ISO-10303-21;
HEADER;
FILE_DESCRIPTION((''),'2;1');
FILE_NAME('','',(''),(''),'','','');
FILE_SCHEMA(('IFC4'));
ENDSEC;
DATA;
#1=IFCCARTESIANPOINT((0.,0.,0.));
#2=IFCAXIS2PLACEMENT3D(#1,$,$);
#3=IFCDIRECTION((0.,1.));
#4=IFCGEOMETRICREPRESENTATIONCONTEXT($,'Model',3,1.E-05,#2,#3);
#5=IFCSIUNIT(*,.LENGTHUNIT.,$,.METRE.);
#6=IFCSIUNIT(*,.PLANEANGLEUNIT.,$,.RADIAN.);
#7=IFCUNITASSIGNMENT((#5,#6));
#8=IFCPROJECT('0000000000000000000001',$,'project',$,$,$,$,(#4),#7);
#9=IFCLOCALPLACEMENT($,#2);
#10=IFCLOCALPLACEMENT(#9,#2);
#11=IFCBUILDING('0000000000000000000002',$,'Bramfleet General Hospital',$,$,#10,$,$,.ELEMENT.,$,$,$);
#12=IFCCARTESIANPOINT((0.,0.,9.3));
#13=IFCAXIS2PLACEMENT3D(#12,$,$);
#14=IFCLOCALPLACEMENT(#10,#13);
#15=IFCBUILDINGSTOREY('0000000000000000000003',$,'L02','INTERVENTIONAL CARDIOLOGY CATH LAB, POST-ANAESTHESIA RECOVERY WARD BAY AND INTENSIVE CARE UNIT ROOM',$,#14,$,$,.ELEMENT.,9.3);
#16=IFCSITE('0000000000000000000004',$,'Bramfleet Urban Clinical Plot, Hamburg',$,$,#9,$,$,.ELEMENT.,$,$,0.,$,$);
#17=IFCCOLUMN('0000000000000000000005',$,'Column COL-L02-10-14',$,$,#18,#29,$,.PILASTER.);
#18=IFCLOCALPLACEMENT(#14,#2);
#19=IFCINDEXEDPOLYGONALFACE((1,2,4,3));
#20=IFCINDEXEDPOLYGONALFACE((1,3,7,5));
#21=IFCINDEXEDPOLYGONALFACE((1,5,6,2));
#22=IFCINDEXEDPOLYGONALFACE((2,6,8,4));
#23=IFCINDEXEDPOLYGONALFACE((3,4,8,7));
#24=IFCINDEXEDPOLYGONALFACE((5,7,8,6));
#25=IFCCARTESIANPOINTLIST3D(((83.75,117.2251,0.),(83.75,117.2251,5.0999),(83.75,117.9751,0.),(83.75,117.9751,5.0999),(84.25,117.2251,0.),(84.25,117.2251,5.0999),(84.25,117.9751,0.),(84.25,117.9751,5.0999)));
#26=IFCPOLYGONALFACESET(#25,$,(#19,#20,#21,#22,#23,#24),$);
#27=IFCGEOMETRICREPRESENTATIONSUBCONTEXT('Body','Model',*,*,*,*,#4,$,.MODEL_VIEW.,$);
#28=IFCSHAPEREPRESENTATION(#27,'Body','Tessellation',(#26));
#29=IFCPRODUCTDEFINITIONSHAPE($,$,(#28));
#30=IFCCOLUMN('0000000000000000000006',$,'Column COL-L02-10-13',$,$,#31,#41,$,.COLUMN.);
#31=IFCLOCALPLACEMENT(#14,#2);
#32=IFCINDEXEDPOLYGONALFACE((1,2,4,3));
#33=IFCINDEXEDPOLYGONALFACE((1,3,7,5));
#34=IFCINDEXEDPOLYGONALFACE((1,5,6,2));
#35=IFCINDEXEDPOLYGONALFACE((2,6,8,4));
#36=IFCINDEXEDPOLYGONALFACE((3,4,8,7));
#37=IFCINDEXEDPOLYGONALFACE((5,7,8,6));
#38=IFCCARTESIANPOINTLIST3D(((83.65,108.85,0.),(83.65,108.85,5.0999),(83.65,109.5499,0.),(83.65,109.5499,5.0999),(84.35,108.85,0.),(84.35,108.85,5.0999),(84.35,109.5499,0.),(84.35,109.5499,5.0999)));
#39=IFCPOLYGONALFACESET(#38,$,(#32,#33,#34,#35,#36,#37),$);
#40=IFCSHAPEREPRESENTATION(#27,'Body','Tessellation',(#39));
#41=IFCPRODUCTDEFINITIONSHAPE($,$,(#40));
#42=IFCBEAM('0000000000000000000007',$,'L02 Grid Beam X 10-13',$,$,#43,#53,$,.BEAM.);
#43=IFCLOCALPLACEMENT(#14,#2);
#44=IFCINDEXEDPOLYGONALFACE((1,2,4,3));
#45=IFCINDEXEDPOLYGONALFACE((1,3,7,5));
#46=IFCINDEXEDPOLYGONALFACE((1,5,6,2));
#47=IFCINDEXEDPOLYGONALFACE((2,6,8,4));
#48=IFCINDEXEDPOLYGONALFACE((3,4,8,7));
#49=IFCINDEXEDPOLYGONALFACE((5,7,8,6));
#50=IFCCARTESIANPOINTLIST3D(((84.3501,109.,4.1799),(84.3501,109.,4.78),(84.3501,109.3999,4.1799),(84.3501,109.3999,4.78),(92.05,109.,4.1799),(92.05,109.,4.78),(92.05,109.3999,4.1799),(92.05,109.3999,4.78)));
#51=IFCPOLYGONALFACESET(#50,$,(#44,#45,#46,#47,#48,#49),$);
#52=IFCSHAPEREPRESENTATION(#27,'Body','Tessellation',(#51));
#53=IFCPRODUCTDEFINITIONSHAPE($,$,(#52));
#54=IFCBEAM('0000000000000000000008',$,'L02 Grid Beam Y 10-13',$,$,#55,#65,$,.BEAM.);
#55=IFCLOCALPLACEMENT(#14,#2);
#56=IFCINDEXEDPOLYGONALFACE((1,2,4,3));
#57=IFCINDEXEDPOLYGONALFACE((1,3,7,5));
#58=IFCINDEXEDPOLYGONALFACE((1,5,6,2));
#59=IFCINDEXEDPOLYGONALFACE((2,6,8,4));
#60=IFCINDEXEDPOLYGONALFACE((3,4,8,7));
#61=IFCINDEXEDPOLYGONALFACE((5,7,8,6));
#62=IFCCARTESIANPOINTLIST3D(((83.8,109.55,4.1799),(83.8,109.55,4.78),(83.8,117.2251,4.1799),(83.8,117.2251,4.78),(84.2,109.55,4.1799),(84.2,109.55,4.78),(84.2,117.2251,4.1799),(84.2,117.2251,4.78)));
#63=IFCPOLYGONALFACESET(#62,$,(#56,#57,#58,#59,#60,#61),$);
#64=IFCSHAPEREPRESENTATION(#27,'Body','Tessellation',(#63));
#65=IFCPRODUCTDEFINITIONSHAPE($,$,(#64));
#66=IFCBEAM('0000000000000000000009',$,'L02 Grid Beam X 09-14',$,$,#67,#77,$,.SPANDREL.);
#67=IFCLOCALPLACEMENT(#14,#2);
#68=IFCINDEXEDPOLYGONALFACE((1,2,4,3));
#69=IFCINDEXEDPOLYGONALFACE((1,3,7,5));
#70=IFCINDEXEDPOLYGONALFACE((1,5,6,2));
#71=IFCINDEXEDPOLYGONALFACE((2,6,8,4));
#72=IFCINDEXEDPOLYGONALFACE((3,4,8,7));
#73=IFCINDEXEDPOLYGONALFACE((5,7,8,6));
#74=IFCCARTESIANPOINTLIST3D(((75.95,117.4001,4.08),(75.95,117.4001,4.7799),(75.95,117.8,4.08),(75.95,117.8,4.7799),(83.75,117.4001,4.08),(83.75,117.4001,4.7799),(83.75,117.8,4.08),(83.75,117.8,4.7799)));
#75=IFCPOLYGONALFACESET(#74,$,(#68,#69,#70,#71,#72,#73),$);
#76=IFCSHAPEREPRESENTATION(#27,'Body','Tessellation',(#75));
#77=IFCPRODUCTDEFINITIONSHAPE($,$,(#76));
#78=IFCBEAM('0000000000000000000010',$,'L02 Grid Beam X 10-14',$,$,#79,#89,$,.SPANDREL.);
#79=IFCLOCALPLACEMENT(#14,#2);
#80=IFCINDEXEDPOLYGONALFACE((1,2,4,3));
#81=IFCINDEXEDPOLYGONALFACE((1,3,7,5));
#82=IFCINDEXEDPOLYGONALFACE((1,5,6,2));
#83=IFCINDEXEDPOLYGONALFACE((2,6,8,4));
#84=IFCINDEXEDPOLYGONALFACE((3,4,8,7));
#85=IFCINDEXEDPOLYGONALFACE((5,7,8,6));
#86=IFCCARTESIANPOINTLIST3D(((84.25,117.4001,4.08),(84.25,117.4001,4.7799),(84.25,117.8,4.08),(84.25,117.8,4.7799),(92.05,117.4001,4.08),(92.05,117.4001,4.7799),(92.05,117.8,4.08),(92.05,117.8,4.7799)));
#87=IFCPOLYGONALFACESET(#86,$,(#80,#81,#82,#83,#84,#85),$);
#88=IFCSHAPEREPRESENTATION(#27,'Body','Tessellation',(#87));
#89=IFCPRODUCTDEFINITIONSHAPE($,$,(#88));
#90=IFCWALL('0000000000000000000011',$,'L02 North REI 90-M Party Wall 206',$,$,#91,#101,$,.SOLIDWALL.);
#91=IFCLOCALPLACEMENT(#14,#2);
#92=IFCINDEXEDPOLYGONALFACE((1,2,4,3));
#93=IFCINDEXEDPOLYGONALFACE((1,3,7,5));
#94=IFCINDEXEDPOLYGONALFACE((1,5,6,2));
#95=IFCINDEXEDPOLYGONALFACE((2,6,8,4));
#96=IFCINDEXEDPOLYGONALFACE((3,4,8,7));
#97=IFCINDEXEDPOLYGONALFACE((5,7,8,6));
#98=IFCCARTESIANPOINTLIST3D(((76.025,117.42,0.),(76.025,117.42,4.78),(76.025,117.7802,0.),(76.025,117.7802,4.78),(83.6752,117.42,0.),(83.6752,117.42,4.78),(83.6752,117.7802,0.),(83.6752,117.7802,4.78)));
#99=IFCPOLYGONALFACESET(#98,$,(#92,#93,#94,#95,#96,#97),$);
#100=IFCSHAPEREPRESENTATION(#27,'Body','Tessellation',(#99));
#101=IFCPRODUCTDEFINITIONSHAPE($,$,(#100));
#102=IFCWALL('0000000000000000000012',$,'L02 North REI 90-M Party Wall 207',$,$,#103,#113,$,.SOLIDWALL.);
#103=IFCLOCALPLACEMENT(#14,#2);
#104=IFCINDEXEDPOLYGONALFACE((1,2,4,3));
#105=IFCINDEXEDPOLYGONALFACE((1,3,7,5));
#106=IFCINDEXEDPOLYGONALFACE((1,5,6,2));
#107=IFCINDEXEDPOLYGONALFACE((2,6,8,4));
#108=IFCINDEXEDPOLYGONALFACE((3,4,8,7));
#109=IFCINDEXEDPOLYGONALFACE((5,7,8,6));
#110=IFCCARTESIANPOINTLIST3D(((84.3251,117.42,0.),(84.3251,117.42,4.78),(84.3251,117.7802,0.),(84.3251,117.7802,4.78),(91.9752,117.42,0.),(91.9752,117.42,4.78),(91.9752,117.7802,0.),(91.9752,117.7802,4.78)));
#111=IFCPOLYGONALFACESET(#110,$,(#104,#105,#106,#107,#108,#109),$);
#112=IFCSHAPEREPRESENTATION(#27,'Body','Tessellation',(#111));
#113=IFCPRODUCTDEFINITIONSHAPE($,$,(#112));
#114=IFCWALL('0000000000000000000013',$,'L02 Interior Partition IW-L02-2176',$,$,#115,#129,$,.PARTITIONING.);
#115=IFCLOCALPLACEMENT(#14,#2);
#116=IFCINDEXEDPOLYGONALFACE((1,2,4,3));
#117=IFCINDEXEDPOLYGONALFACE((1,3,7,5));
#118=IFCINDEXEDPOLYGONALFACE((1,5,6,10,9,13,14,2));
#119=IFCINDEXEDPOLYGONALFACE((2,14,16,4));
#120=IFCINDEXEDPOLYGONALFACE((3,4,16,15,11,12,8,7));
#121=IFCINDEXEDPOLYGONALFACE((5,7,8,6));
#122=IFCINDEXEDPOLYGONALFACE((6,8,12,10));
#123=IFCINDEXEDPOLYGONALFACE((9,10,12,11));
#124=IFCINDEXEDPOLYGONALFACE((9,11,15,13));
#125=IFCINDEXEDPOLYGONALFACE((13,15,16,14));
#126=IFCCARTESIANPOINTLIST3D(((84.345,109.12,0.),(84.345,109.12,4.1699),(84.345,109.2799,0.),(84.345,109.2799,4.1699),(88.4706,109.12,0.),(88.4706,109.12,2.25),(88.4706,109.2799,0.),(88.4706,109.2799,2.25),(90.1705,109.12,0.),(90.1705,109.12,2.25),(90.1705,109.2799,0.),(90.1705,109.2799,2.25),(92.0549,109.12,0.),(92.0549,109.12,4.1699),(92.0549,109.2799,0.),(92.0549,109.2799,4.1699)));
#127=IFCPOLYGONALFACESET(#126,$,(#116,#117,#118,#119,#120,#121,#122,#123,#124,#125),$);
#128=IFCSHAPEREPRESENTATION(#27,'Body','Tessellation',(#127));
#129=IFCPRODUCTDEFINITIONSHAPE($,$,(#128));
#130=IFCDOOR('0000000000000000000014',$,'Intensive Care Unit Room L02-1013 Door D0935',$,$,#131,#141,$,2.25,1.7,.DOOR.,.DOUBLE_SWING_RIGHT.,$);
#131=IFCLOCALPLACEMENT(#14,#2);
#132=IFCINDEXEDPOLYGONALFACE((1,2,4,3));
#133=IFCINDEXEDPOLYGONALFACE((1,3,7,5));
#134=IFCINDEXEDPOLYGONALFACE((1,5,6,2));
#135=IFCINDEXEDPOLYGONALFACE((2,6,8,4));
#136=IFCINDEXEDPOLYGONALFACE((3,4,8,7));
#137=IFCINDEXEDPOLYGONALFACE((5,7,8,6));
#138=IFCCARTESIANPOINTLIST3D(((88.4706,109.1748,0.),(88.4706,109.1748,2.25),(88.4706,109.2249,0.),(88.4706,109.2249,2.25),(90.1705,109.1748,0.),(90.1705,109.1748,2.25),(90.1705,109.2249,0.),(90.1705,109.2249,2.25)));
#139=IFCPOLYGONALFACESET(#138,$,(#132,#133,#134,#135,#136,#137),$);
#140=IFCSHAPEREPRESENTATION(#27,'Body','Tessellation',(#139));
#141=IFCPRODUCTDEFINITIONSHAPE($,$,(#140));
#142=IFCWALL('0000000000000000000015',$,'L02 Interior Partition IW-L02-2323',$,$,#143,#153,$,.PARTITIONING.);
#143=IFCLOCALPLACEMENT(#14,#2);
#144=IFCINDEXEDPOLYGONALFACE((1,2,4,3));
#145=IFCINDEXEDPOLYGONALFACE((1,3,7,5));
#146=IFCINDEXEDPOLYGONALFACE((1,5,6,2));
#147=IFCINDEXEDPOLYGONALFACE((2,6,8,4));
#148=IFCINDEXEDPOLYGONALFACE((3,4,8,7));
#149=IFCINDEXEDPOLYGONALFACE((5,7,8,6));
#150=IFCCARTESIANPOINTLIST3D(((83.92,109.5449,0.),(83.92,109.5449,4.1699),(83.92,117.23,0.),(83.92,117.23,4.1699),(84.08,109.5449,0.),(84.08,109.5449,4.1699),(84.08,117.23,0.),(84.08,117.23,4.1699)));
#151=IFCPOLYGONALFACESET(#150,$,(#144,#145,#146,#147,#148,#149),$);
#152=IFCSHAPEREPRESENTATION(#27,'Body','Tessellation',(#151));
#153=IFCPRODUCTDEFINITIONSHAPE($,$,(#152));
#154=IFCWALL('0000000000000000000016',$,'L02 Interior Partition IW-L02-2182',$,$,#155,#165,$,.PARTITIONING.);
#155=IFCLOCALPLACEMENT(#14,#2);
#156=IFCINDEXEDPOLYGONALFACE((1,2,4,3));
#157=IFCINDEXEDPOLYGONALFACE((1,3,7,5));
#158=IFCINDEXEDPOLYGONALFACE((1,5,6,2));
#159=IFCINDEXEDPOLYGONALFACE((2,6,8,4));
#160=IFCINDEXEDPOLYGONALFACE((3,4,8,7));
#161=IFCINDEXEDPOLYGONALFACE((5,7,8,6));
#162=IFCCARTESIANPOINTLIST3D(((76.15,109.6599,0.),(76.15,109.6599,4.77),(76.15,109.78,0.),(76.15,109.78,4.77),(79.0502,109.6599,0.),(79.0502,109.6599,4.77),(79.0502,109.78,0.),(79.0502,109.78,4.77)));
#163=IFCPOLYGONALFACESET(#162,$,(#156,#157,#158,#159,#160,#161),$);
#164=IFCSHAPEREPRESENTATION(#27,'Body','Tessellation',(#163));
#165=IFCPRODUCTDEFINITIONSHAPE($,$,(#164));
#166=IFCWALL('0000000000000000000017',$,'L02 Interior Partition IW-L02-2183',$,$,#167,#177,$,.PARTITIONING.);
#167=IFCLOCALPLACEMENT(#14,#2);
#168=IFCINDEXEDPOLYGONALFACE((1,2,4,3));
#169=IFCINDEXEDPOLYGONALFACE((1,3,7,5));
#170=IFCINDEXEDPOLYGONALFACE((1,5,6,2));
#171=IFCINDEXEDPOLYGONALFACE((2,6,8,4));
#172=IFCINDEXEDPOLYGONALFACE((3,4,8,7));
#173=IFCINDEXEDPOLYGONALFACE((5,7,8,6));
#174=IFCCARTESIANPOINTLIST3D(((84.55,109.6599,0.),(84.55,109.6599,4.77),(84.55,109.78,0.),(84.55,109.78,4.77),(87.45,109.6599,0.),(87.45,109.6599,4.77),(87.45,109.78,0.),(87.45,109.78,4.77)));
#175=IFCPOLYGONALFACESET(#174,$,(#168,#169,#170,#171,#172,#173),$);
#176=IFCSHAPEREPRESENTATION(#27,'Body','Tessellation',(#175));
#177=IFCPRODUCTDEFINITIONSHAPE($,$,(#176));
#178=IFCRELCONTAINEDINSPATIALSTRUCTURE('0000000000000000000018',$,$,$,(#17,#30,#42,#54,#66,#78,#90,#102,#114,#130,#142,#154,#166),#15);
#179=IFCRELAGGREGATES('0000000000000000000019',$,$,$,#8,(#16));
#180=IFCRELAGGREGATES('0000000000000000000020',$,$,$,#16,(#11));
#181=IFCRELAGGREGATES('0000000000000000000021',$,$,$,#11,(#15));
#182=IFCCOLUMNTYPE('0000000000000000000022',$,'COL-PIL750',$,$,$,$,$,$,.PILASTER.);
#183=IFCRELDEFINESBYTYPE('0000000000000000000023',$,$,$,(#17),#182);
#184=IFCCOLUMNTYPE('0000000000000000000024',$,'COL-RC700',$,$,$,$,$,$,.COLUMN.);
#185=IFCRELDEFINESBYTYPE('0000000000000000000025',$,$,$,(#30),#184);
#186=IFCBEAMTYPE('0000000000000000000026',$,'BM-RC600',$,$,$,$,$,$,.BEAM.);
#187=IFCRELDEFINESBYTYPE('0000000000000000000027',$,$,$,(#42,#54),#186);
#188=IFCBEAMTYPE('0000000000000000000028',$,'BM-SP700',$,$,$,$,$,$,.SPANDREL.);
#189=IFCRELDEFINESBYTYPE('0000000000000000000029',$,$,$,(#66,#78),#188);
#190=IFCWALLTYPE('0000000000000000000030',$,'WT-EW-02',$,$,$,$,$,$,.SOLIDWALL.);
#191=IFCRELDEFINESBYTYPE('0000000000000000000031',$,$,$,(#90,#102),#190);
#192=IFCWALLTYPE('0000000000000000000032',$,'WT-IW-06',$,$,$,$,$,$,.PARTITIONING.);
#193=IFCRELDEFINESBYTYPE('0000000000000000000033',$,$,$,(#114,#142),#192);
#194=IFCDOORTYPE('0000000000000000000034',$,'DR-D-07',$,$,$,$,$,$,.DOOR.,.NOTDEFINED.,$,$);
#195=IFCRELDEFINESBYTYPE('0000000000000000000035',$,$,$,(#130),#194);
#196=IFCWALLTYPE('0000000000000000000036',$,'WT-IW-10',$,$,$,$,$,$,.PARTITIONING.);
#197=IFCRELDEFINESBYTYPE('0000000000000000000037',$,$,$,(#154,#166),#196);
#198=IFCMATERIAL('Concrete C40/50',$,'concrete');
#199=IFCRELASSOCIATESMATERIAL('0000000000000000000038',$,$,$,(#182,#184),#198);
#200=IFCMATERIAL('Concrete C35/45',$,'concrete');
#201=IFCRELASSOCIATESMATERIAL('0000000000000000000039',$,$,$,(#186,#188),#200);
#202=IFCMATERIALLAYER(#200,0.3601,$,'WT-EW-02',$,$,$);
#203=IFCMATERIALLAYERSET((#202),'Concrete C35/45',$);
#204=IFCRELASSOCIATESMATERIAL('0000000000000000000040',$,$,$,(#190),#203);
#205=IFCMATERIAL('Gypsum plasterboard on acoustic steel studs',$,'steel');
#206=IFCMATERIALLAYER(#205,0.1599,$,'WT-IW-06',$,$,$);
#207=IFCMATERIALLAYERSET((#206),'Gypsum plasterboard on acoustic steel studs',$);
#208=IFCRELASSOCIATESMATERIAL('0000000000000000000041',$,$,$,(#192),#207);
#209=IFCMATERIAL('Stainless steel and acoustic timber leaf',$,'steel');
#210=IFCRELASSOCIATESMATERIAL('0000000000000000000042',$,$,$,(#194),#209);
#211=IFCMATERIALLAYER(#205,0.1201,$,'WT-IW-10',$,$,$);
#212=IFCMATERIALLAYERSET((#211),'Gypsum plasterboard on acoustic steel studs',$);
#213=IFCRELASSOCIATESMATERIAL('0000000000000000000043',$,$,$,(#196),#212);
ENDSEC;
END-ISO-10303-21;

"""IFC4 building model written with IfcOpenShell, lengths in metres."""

from ifc_helpers import new_model, si_unit, direction, frame, frame_2d, origin, origin_2d, place, context, subcontext, project, spatial, rectangle, extrude, material, layer, layer_set, material_profile, profile_set, type_object, element, fill, save


model = new_model("IFC4")

# Units and contexts
model_context = context("Model", 3, precision=1e-05, world=origin(), true_north=direction((0.0, 1.0)))
body_context = subcontext(model_context, "Body", "Model", "MODEL_VIEW")
ifc_project = project(units=[si_unit("LENGTHUNIT", "METRE"), si_unit("PLANEANGLEUNIT", "RADIAN")], contexts=[model_context])

# Site, building, storey
site_placement = place(None, origin())
site = spatial("IfcSite", under=ifc_project, at=site_placement, Name="Bramfleet Urban Clinical Plot, Hamburg", CompositionType="ELEMENT", RefElevation=0.0)
building_placement = place(site_placement, origin())
building = spatial("IfcBuilding", under=site, at=building_placement, Name="Bramfleet General Hospital", CompositionType="ELEMENT")
storey_placement = place(building_placement, frame((0.0, 0.0, 9.3)))
storey = spatial("IfcBuildingStorey", under=building, at=storey_placement, Name="L02", Description="INTERVENTIONAL CARDIOLOGY CATH LAB, POST-ANAESTHESIA RECOVERY WARD BAY AND INTENSIVE CARE UNIT ROOM", CompositionType="ELEMENT", Elevation=9.3)

# Columns
ifc_material_1 = material(Name="Concrete C40/50", Category="concrete")
ifc_material_profile_1 = material_profile(ifc_material_1, rectangle(XDim=0.5, YDim=0.75, at=origin_2d()), Name="RC PIL 750x500")
ifc_profile_set_1 = profile_set([ifc_material_profile_1], Name="Concrete C40/50")
column_type_1 = type_object("IfcColumnType", Name="COL-PIL750", PredefinedType="PILASTER", material=ifc_profile_set_1)
column_1_placement = place(storey_placement, frame((84.0, 117.6001, 0.0), z_axis=(0.0, 0.0, 1.0), x_axis=(1.0, 0.0, 0.0)))
element("IfcColumn", 1, at=column_1_placement, inside=storey, type_object=column_type_1, Name="Column COL-L02-10-14", PredefinedType="PILASTER", context=body_context, shape_type="SweptSolid", body=[
    extrude(rectangle(XDim=0.5, YDim=0.75, at=origin_2d()), origin(), (0.0, 0.0, 1.0), 5.0999),
])
ifc_material_profile_2 = material_profile(ifc_material_1, rectangle(XDim=0.7, YDim=0.7, at=origin_2d()), Name="RC COL 700x700")
ifc_profile_set_2 = profile_set([ifc_material_profile_2], Name="Concrete C40/50")
column_type_2 = type_object("IfcColumnType", Name="COL-RC700", PredefinedType="COLUMN", material=ifc_profile_set_2)
column_2_placement = place(storey_placement, frame((84.0, 109.2, 0.0), z_axis=(0.0, 0.0, 1.0), x_axis=(1.0, 0.0, 0.0)))
element("IfcColumn", 2, at=column_2_placement, inside=storey, type_object=column_type_2, Name="Column COL-L02-10-13", PredefinedType="COLUMN", context=body_context, shape_type="SweptSolid", body=[
    extrude(rectangle(XDim=0.7, YDim=0.7, at=origin_2d()), origin(), (0.0, 0.0, 1.0), 5.0999),
])

# Beams
ifc_material_2 = material(Name="Concrete C35/45", Category="concrete")
ifc_material_profile_3 = material_profile(ifc_material_2, rectangle(XDim=0.3999, YDim=0.6001, at=origin_2d()), Name="RC BM 600x400")
ifc_profile_set_3 = profile_set([ifc_material_profile_3], Name="Concrete C35/45")
beam_type_1 = type_object("IfcBeamType", Name="BM-RC600", PredefinedType="BEAM", material=ifc_profile_set_3)
beam_1_placement = place(storey_placement, frame((84.3501, 109.2, 4.48), z_axis=(1.0, 0.0, 0.0), x_axis=(0.0, 1.0, 0.0)))
element("IfcBeam", 3, at=beam_1_placement, inside=storey, type_object=beam_type_1, Name="L02 Grid Beam X 10-13", PredefinedType="BEAM", context=body_context, shape_type="SweptSolid", body=[
    extrude(rectangle(XDim=0.3999, YDim=0.6001, at=origin_2d()), origin(), (0.0, 0.0, 1.0), 7.7),
])
beam_2_placement = place(storey_placement, frame((84.0, 109.55, 4.48), z_axis=(0.0, 1.0, 0.0), x_axis=(-1.0, 0.0, 0.0)))
element("IfcBeam", 4, at=beam_2_placement, inside=storey, type_object=beam_type_1, Name="L02 Grid Beam Y 10-13", PredefinedType="BEAM", context=body_context, shape_type="SweptSolid", body=[
    extrude(rectangle(XDim=0.3999, YDim=0.6001, at=origin_2d()), origin(), (0.0, 0.0, 1.0), 7.675),
])
ifc_material_profile_4 = material_profile(ifc_material_2, rectangle(XDim=0.3999, YDim=0.7, at=origin_2d()), Name="RC SP 700x400")
ifc_profile_set_4 = profile_set([ifc_material_profile_4], Name="Concrete C35/45")
beam_type_2 = type_object("IfcBeamType", Name="BM-SP700", PredefinedType="SPANDREL", material=ifc_profile_set_4)
for number, where, z_axis, x_axis, name in (
    (5, (75.95, 117.6001, 4.4299), (1.0, 0.0, 0.0), (0.0, 1.0, 0.0), "L02 Grid Beam X 09-14"),
    (6, (84.25, 117.6001, 4.4299), (1.0, 0.0, 0.0), (0.0, 1.0, 0.0), "L02 Grid Beam X 10-14"),
):
    element("IfcBeam", number, at=place(storey_placement, frame(where, z_axis=z_axis, x_axis=x_axis)), inside=storey, type_object=beam_type_2, Name=name, PredefinedType="SPANDREL", context=body_context, shape_type="SweptSolid", body=[
        extrude(rectangle(XDim=0.3999, YDim=0.7, at=origin_2d()), origin(), (0.0, 0.0, 1.0), 7.8),
    ])

# Walls
ifc_layer_1 = layer(ifc_material_2, 0.3601, Name="WT-EW-02")
ifc_layer_set_1 = layer_set([ifc_layer_1], Name="Concrete C35/45")
wall_type_1 = type_object("IfcWallType", Name="WT-EW-02", PredefinedType="SOLIDWALL", material=ifc_layer_set_1)
for number, where, z_axis, x_axis, name in (
    (7, (76.0249, 117.6001, 0.0), (0.0, 0.0, 1.0), (1.0, 0.0, 0.0), "L02 North REI 90-M Party Wall 206"),
    (8, (84.325, 117.6001, 0.0), (0.0, 0.0, 1.0), (1.0, 0.0, 0.0), "L02 North REI 90-M Party Wall 207"),
):
    element("IfcWall", number, at=place(storey_placement, frame(where, z_axis=z_axis, x_axis=x_axis)), inside=storey, type_object=wall_type_1, Name=name, PredefinedType="SOLIDWALL", context=body_context, shape_type="SweptSolid", body=[
        extrude(rectangle(XDim=7.6501, YDim=0.3601, at=frame_2d((3.8252, 0.0))), origin(), (0.0, 0.0, 1.0), 4.78),
    ])

# Wall, opening, door
ifc_material_3 = material(Name="Gypsum plasterboard on acoustic steel studs", Category="steel")
ifc_layer_2 = layer(ifc_material_3, 0.1599, Name="WT-IW-06")
ifc_layer_set_2 = layer_set([ifc_layer_2], Name="Gypsum plasterboard on acoustic steel studs")
wall_type_2 = type_object("IfcWallType", Name="WT-IW-06", PredefinedType="PARTITIONING", material=ifc_layer_set_2)
wall_1_placement = place(storey_placement, frame((84.345, 109.2, 0.0), z_axis=(0.0, 0.0, 1.0), x_axis=(1.0, 0.0, 0.0)))
wall_1 = element("IfcWall", 9, at=wall_1_placement, inside=storey, type_object=wall_type_2, Name="L02 Interior Partition IW-L02-2176", PredefinedType="PARTITIONING", context=body_context, shape_type="SweptSolid", body=[
    extrude(rectangle(XDim=7.71, YDim=0.1599, at=frame_2d((3.855, 0.0))), origin(), (0.0, 0.0, 1.0), 4.1699),
])
opening_1_placement = place(wall_1_placement, frame((4.1255, 0.0, 0.0)))
opening_1 = element("IfcOpeningElement", 10, at=opening_1_placement, cuts=wall_1, PredefinedType="OPENING", context=body_context, shape_type="SweptSolid", body=[
    extrude(rectangle(XDim=1.7, YDim=2.25, at=frame_2d((0.8501, 1.125))), frame((0.0, 0.0898, 0.0), z_axis=(0.0, -1.0, 0.0), x_axis=(1.0, 0.0, 0.0)), (0.0, 0.0, 1.0), 0.1799),
])
ifc_material_4 = material(Name="Stainless steel and acoustic timber leaf", Category="steel")
door_type_1 = type_object("IfcDoorType", Name="DR-D-07", OperationType="NOTDEFINED", PredefinedType="DOOR", material=ifc_material_4)
door_1_placement = place(opening_1_placement, origin())
door_1 = element("IfcDoor", 11, at=door_1_placement, inside=storey, type_object=door_type_1, Name="Intensive Care Unit Room L02-1013 Door D0935", OperationType="DOUBLE_SWING_RIGHT", OverallHeight=2.25, OverallWidth=1.7, PredefinedType="DOOR", context=body_context, shape_type="SweptSolid", body=[
    extrude(rectangle(XDim=1.7, YDim=2.25, at=frame_2d((0.8501, 1.125))), frame((0.0, 0.0249, 0.0), z_axis=(0.0, -1.0, 0.0), x_axis=(1.0, 0.0, 0.0)), (0.0, 0.0, 1.0), 0.05),
])
fill(opening_1, door_1)

# Walls
wall_2_placement = place(storey_placement, frame((84.0, 109.5449, 0.0), z_axis=(0.0, 0.0, 1.0), x_axis=(0.0, 1.0, 0.0)))
element("IfcWall", 12, at=wall_2_placement, inside=storey, type_object=wall_type_2, Name="L02 Interior Partition IW-L02-2323", PredefinedType="PARTITIONING", context=body_context, shape_type="SweptSolid", body=[
    extrude(rectangle(XDim=7.6851, YDim=0.1599, at=frame_2d((3.8425, 0.0))), origin(), (0.0, 0.0, 1.0), 4.1699),
])
ifc_layer_3 = layer(ifc_material_3, 0.1201, Name="WT-IW-10")
ifc_layer_set_3 = layer_set([ifc_layer_3], Name="Gypsum plasterboard on acoustic steel studs")
wall_type_3 = type_object("IfcWallType", Name="WT-IW-10", PredefinedType="PARTITIONING", material=ifc_layer_set_3)
wall_3_placement = place(storey_placement, frame((76.1499, 109.72, 0.0), z_axis=(0.0, 0.0, 1.0), x_axis=(1.0, 0.0, 0.0)))
element("IfcWall", 13, at=wall_3_placement, inside=storey, type_object=wall_type_3, Name="L02 Interior Partition IW-L02-2182", PredefinedType="PARTITIONING", context=body_context, shape_type="SweptSolid", body=[
    extrude(rectangle(XDim=2.9001, YDim=0.1201, at=frame_2d((1.4502, 0.0))), origin(), (0.0, 0.0, 1.0), 4.77),
])
wall_4_placement = place(storey_placement, frame((84.55, 109.72, 0.0), z_axis=(0.0, 0.0, 1.0), x_axis=(1.0, 0.0, 0.0)))
element("IfcWall", 14, at=wall_4_placement, inside=storey, type_object=wall_type_3, Name="L02 Interior Partition IW-L02-2183", PredefinedType="PARTITIONING", context=body_context, shape_type="SweptSolid", body=[
    extrude(rectangle(XDim=2.8999, YDim=0.1201, at=frame_2d((1.45, 0.0))), origin(), (0.0, 0.0, 1.0), 4.77),
])

save(model, "model.ifc")
